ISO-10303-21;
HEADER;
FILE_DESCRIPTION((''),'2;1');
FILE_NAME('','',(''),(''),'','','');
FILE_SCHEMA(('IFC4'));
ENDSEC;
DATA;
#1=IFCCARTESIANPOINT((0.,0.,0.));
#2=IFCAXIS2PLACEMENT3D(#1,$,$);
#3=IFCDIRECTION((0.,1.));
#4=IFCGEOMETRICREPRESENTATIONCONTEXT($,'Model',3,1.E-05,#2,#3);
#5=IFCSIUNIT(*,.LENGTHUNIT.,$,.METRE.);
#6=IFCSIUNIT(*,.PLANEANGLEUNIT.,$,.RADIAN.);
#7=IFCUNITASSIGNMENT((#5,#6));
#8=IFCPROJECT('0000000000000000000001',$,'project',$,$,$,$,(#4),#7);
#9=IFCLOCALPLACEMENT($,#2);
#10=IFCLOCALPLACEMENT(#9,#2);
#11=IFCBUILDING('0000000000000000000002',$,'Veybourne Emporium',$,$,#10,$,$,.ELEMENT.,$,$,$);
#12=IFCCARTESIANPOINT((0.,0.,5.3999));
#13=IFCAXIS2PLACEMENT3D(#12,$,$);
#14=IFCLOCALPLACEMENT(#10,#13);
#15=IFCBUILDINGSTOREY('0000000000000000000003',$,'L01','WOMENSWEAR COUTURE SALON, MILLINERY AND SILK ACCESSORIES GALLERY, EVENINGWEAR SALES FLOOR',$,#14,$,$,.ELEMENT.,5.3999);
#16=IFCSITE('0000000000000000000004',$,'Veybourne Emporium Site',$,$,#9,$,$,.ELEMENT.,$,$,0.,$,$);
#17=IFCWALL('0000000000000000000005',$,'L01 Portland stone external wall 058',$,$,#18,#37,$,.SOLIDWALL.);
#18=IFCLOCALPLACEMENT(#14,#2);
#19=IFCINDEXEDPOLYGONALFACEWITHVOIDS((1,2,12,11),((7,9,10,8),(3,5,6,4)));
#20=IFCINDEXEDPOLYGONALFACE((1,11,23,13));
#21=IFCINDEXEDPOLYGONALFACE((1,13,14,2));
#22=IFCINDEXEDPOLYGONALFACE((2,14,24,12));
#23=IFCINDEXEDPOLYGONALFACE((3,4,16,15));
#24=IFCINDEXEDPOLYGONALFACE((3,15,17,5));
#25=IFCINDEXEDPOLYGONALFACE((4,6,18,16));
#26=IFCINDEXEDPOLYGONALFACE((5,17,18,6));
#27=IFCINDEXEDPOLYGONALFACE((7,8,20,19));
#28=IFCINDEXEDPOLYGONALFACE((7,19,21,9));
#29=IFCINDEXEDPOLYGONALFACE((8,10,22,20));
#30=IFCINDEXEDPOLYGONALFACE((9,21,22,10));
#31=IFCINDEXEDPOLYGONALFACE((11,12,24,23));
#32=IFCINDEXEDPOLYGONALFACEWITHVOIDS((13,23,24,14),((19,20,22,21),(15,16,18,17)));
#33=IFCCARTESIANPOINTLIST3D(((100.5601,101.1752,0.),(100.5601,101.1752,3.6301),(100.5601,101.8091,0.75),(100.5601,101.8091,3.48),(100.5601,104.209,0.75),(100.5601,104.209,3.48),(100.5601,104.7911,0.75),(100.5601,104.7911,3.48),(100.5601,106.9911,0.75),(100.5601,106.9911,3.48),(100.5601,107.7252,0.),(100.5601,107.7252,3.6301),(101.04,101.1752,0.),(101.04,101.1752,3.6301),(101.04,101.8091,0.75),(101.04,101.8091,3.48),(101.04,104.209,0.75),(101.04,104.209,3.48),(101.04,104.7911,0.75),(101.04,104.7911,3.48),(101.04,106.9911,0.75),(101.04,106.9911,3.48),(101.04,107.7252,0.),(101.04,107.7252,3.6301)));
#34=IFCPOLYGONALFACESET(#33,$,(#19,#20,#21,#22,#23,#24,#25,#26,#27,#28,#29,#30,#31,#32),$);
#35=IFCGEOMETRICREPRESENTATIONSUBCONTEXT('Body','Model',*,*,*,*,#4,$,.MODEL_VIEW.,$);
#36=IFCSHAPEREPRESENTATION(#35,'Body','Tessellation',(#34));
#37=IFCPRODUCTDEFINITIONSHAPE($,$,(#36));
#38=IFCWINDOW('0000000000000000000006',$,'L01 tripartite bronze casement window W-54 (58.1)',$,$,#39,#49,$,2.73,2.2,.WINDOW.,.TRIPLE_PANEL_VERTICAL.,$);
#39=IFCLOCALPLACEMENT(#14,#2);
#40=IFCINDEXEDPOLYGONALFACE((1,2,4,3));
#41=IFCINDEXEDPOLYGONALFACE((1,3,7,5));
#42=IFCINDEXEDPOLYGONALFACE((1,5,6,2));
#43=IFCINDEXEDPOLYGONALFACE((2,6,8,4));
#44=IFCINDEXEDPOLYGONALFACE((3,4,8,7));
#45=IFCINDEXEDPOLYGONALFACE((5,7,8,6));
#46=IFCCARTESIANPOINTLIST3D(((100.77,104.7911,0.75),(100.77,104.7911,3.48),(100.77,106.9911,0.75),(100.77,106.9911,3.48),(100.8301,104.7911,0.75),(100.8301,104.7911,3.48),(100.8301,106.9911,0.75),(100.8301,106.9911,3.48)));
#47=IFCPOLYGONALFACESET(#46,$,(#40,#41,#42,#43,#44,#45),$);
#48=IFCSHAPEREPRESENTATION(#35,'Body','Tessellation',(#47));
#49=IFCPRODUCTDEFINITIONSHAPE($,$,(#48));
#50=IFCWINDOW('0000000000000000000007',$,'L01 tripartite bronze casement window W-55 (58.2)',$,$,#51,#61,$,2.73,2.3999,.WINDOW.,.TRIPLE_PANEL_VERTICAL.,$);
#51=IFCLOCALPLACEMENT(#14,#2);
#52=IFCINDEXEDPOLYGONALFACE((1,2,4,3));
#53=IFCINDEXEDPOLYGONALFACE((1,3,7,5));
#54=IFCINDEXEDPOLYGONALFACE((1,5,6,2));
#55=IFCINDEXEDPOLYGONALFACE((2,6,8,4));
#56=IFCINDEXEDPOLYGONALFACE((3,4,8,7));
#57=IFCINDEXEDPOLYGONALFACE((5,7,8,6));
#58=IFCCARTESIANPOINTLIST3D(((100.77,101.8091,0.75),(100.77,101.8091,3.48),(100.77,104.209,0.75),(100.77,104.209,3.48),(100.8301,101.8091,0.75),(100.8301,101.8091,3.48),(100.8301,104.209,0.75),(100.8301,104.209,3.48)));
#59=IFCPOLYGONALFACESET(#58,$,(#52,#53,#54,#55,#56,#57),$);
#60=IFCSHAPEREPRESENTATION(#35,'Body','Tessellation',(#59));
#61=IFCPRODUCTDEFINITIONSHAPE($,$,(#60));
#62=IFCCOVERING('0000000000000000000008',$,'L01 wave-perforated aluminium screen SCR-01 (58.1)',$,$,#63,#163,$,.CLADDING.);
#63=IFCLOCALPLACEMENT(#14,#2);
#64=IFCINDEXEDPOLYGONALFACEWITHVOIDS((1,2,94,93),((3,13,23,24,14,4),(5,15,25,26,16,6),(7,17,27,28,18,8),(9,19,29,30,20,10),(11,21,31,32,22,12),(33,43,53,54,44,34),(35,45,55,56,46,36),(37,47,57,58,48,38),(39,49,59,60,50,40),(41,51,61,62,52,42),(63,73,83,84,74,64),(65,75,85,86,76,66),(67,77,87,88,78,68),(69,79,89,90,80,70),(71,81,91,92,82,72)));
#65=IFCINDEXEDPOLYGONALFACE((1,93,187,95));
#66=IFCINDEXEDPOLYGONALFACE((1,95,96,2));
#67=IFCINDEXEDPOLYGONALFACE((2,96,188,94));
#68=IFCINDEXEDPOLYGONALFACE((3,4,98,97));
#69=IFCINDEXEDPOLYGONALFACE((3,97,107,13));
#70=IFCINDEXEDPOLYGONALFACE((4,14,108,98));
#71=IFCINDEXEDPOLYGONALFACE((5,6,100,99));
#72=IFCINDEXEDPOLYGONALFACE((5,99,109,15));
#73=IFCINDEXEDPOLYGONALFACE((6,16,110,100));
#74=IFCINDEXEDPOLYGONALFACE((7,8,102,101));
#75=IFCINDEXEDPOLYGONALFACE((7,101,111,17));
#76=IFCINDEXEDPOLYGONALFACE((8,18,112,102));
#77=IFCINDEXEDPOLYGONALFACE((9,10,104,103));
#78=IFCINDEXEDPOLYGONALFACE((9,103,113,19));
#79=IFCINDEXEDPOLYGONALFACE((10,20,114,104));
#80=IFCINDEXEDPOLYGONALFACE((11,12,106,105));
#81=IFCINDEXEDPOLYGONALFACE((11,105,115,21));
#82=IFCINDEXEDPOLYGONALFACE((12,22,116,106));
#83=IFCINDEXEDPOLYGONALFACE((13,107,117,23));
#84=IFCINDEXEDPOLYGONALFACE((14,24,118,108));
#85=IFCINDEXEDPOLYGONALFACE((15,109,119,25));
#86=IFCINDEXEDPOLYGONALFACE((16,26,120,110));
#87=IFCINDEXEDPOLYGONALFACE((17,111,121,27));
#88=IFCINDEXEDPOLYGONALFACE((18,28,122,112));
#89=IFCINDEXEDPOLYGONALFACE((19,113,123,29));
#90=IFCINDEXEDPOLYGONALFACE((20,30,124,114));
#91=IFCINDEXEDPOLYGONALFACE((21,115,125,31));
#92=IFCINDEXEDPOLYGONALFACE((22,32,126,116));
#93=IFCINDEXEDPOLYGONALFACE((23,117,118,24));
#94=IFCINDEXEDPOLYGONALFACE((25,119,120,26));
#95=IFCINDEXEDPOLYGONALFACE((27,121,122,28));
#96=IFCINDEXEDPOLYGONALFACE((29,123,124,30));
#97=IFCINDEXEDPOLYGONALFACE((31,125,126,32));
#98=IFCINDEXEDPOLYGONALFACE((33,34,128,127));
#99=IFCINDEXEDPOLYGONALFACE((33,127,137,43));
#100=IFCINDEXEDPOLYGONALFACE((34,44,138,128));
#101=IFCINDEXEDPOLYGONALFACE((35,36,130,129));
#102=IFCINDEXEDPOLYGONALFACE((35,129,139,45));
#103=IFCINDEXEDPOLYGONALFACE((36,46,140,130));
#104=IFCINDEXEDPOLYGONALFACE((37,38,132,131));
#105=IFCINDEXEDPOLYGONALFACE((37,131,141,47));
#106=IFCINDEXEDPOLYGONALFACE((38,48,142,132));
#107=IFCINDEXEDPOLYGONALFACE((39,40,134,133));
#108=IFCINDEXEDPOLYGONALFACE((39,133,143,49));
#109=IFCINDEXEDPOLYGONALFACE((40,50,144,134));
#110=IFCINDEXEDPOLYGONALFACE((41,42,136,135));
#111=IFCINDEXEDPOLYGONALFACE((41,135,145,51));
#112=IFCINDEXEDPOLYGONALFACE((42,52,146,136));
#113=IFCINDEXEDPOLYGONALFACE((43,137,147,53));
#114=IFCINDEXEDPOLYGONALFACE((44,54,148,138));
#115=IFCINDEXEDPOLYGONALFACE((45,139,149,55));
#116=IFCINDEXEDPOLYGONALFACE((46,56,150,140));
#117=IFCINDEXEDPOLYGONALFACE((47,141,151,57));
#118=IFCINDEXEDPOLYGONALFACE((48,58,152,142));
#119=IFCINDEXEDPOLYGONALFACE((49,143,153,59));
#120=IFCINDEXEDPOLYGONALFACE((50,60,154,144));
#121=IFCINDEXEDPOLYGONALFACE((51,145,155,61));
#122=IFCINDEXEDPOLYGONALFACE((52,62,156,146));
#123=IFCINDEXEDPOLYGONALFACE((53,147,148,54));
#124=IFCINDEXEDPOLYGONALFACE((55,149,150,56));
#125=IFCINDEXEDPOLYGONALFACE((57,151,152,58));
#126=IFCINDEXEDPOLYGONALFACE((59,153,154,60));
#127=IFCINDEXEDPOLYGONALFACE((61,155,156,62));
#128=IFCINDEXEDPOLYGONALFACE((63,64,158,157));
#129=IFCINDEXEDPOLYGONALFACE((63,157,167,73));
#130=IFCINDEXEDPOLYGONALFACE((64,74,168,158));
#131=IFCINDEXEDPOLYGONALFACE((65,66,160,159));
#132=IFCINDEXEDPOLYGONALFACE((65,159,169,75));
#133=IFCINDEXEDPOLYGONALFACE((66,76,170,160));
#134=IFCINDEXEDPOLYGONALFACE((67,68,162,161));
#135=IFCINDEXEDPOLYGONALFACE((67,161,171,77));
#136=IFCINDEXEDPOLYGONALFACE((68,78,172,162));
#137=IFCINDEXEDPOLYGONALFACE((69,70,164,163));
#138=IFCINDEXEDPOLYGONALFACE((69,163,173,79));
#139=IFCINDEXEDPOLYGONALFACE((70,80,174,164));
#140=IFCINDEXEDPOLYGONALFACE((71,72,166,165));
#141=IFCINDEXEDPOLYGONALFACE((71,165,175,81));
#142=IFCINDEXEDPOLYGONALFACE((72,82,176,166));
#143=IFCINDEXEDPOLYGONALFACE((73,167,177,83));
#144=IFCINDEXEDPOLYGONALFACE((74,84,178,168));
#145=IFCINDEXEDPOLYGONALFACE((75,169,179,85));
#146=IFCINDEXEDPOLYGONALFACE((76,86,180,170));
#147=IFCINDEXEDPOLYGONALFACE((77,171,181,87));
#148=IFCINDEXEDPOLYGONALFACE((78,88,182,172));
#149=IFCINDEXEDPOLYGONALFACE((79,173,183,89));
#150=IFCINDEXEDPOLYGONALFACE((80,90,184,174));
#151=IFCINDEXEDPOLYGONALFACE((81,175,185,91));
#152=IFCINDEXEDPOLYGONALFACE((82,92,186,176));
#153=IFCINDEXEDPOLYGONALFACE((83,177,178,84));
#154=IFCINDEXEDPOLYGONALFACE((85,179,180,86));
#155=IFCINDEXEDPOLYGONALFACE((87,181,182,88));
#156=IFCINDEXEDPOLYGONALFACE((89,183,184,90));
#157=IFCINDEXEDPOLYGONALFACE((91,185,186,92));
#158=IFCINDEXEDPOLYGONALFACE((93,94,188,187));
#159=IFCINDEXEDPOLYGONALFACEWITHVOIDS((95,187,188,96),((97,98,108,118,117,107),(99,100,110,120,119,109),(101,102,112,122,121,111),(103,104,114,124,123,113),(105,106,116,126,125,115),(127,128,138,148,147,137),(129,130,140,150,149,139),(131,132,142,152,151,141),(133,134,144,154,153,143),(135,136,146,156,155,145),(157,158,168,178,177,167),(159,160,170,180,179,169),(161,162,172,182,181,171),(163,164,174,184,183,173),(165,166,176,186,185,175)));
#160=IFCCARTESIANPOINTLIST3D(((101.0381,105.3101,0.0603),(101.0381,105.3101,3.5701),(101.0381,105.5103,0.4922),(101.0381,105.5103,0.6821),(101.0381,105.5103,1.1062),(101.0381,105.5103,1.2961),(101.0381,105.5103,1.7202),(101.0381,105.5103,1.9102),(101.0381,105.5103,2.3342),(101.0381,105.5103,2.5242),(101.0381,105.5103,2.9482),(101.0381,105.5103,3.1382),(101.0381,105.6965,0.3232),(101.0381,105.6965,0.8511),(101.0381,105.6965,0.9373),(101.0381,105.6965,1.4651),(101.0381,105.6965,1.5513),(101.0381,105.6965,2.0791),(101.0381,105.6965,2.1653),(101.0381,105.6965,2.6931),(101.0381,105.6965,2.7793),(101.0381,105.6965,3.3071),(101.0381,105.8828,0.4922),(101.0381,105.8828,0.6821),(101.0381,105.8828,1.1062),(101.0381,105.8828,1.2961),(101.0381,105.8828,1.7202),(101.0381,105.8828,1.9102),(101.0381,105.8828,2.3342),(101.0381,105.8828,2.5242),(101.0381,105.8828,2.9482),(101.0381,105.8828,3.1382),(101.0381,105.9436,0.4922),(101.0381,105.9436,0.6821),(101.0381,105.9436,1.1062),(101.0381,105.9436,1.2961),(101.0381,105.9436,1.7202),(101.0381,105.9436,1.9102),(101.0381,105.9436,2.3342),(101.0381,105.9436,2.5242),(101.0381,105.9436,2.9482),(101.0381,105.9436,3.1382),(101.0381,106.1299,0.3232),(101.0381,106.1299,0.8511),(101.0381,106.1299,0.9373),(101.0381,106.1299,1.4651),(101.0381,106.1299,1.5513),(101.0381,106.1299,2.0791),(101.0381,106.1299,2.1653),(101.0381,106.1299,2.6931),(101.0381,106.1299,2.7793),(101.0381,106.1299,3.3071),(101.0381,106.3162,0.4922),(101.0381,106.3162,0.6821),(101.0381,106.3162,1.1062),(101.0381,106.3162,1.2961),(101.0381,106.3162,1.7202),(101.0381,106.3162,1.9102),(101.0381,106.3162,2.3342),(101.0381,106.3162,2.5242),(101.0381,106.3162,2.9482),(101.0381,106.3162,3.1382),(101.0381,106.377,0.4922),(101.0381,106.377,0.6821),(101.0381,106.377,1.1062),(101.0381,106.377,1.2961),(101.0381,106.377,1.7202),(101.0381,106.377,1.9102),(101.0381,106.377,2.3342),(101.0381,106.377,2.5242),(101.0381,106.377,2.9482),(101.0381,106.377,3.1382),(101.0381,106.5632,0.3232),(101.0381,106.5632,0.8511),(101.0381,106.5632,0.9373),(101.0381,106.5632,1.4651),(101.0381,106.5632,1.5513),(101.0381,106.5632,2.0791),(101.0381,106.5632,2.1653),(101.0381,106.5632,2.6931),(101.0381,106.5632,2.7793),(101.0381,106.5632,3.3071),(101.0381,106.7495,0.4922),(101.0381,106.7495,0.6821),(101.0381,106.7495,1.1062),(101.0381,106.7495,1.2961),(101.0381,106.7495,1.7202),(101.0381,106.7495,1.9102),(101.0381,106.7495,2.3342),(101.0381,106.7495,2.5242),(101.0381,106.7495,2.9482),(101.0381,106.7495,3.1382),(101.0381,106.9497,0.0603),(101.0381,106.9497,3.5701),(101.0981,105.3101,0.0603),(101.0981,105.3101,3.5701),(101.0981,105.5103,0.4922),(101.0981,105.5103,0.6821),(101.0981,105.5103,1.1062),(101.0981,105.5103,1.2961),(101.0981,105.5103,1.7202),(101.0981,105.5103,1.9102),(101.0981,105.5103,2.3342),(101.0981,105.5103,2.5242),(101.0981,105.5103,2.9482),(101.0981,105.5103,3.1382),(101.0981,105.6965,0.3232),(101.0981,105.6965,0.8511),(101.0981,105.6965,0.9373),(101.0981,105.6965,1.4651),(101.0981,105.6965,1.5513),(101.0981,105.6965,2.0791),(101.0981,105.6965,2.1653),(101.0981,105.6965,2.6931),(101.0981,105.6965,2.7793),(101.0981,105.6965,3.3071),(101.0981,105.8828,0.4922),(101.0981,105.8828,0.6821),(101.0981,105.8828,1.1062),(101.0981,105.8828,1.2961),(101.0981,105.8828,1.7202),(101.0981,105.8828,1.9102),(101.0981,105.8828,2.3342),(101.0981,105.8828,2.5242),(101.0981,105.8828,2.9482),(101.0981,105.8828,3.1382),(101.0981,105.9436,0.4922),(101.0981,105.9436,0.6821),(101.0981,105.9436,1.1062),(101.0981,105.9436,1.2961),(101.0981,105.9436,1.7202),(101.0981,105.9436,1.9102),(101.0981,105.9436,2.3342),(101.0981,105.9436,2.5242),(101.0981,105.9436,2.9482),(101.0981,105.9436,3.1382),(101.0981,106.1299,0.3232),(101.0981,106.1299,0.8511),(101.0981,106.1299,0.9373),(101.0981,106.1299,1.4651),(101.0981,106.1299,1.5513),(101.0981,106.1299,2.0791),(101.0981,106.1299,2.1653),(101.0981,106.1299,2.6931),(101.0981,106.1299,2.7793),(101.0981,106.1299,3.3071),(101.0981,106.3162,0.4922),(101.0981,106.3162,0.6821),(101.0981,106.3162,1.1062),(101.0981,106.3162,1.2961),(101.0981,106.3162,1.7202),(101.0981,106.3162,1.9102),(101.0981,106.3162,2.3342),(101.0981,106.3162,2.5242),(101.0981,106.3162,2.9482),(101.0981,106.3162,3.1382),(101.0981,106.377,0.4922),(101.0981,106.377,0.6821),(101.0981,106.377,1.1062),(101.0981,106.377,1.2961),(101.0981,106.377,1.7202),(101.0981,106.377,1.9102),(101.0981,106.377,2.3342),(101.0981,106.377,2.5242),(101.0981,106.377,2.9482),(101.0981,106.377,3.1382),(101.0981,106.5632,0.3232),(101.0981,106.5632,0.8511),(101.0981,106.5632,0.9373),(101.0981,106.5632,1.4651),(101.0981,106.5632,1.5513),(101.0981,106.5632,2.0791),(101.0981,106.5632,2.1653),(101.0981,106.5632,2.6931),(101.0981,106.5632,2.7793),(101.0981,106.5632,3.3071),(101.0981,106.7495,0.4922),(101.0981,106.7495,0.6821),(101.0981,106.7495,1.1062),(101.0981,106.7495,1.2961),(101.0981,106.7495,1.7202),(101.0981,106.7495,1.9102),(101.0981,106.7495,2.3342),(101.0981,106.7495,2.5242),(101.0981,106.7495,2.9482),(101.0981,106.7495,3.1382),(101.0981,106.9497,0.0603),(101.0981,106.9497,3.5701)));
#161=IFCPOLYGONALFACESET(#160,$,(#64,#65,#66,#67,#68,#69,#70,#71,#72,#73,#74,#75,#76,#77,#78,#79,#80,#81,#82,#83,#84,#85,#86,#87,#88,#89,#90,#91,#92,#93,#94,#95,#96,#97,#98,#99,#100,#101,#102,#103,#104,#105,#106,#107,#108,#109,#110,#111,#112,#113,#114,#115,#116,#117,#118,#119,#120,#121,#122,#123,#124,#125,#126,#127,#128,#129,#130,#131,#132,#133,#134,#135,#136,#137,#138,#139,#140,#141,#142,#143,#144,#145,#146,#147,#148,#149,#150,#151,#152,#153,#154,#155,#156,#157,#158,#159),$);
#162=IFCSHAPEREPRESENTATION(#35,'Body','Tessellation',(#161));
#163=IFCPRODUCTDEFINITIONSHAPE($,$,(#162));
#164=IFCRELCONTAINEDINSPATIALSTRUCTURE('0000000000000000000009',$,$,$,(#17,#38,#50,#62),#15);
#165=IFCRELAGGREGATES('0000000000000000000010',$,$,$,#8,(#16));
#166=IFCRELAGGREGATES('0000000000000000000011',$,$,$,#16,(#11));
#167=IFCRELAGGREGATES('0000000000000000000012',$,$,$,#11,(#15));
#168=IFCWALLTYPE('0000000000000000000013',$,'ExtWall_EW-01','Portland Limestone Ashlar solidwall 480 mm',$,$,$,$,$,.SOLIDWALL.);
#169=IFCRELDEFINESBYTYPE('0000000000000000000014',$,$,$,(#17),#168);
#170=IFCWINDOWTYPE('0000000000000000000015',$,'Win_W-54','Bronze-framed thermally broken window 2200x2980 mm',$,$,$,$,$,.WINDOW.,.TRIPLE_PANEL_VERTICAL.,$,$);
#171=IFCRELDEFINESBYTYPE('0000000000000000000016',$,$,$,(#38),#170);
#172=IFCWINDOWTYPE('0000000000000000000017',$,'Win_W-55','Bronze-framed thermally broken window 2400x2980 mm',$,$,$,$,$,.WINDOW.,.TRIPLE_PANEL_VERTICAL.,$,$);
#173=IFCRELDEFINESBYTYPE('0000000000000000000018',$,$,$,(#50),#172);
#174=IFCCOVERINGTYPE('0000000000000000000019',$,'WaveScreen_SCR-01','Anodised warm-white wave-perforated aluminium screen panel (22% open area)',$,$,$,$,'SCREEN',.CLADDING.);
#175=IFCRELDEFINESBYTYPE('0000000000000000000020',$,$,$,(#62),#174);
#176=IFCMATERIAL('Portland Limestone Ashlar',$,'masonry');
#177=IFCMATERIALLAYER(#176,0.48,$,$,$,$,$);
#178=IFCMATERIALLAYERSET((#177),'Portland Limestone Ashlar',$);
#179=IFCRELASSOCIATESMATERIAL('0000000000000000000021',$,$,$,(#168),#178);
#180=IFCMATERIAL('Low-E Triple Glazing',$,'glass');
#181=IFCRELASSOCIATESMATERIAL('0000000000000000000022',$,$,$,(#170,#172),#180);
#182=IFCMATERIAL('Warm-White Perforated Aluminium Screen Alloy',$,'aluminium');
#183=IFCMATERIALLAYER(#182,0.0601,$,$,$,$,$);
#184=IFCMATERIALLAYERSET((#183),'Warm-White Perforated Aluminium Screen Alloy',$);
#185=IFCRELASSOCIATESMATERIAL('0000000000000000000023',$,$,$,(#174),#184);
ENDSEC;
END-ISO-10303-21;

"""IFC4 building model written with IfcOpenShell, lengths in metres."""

from ifc_helpers import new_model, si_unit, direction, frame, frame_2d, origin, place, context, subcontext, project, spatial, polyline, rectangle, outline, extrude, material, layer, layer_set, type_object, element, fill, save


model = new_model("IFC4")

# Units and contexts
model_context = context("Model", 3, precision=1e-05, world=origin(), true_north=direction((0.0, 1.0)))
body_context = subcontext(model_context, "Body", "Model", "MODEL_VIEW")
ifc_project = project(units=[si_unit("LENGTHUNIT", "METRE"), si_unit("PLANEANGLEUNIT", "RADIAN")], contexts=[model_context])

# Site, building, storey
site_placement = place(None, origin())
site = spatial("IfcSite", under=ifc_project, at=site_placement, Name="Veybourne Emporium Site", CompositionType="ELEMENT", RefElevation=0.0)
building_placement = place(site_placement, origin())
building = spatial("IfcBuilding", under=site, at=building_placement, Name="Veybourne Emporium", CompositionType="ELEMENT")
storey_placement = place(building_placement, frame((0.0, 0.0, 5.3999)))
storey = spatial("IfcBuildingStorey", under=building, at=storey_placement, Name="L01", Description="WOMENSWEAR COUTURE SALON, MILLINERY AND SILK ACCESSORIES GALLERY, EVENINGWEAR SALES FLOOR", CompositionType="ELEMENT", Elevation=5.3999)

# Shared definitions
ifc_material_1 = material(Name="Low-E Triple Glazing", Category="glass")

# Wall, openings, windows
ifc_material_2 = material(Name="Portland Limestone Ashlar", Category="masonry")
ifc_layer_1 = layer(ifc_material_2, 0.48)
ifc_layer_set_1 = layer_set([ifc_layer_1], Name="Portland Limestone Ashlar")
wall_type = type_object("IfcWallType", Name="ExtWall_EW-01", Description="Portland Limestone Ashlar solidwall 480 mm", PredefinedType="SOLIDWALL", material=ifc_layer_set_1)
wall_placement = place(storey_placement, frame((100.8, 107.7251, 0.0), z_axis=(0.0, 0.0, 1.0), x_axis=(0.0, -1.0, 0.0)))
wall = element("IfcWall", 1, at=wall_placement, inside=storey, type_object=wall_type, Name="L01 Portland stone external wall 058", PredefinedType="SOLIDWALL", context=body_context, shape_type="SweptSolid", body=[
    extrude(rectangle(XDim=6.55, YDim=0.48, at=frame_2d((3.2749, 0.0))), origin(), (0.0, 0.0, 1.0), 3.6301),
])
opening_1_placement = place(wall_placement, frame((0.7339, 0.0, 0.75)))
opening_1 = element("IfcOpeningElement", 2, at=opening_1_placement, cuts=wall, PredefinedType="OPENING", context=body_context, shape_type="SweptSolid", body=[
    extrude(rectangle(XDim=2.2, YDim=2.73, at=frame_2d((1.1001, 1.365))), frame((0.0, 0.26, 0.0), z_axis=(0.0, -1.0, 0.0), x_axis=(1.0, 0.0, 0.0)), (0.0, 0.0, 1.0), 0.52),
])
opening_2_placement = place(wall_placement, frame((3.5161, 0.0, 0.75)))
opening_2 = element("IfcOpeningElement", 3, at=opening_2_placement, cuts=wall, PredefinedType="OPENING", context=body_context, shape_type="SweptSolid", body=[
    extrude(rectangle(XDim=2.3999, YDim=2.73, at=frame_2d((1.2, 1.365))), frame((0.0, 0.26, 0.0), z_axis=(0.0, -1.0, 0.0), x_axis=(1.0, 0.0, 0.0)), (0.0, 0.0, 1.0), 0.52),
])
window_type_1 = type_object("IfcWindowType", Name="Win_W-54", Description="Bronze-framed thermally broken window 2200x2980 mm", PartitioningType="TRIPLE_PANEL_VERTICAL", PredefinedType="WINDOW", material=ifc_material_1)
window_1_placement = place(opening_1_placement, origin())
window_1 = element("IfcWindow", 4, at=window_1_placement, inside=storey, type_object=window_type_1, Name="L01 tripartite bronze casement window W-54 (58.1)", OverallHeight=2.73, OverallWidth=2.2, PartitioningType="TRIPLE_PANEL_VERTICAL", PredefinedType="WINDOW", context=body_context, shape_type="SweptSolid", body=[
    extrude(rectangle(XDim=2.2, YDim=2.73, at=frame_2d((1.1001, 1.365))), frame((0.0, 0.03, 0.0), z_axis=(0.0, -1.0, 0.0), x_axis=(1.0, 0.0, 0.0)), (0.0, 0.0, 1.0), 0.0601),
])
fill(opening_1, window_1)
window_type_2 = type_object("IfcWindowType", Name="Win_W-55", Description="Bronze-framed thermally broken window 2400x2980 mm", PartitioningType="TRIPLE_PANEL_VERTICAL", PredefinedType="WINDOW", material=ifc_material_1)
window_2_placement = place(opening_2_placement, origin())
window_2 = element("IfcWindow", 5, at=window_2_placement, inside=storey, type_object=window_type_2, Name="L01 tripartite bronze casement window W-55 (58.2)", OverallHeight=2.73, OverallWidth=2.3999, PartitioningType="TRIPLE_PANEL_VERTICAL", PredefinedType="WINDOW", context=body_context, shape_type="SweptSolid", body=[
    extrude(rectangle(XDim=2.3999, YDim=2.73, at=frame_2d((1.2, 1.365))), frame((0.0, 0.03, 0.0), z_axis=(0.0, -1.0, 0.0), x_axis=(1.0, 0.0, 0.0)), (0.0, 0.0, 1.0), 0.0601),
])
fill(opening_2, window_2)

# Covering
ifc_material_3 = material(Name="Warm-White Perforated Aluminium Screen Alloy", Category="aluminium")
ifc_layer_2 = layer(ifc_material_3, 0.0601)
ifc_layer_set_2 = layer_set([ifc_layer_2], Name="Warm-White Perforated Aluminium Screen Alloy")
covering_type_1 = type_object("IfcCoveringType", Name="WaveScreen_SCR-01", Description="Anodised warm-white wave-perforated aluminium screen panel (22% open area)", ElementType="SCREEN", PredefinedType="CLADDING", material=ifc_layer_set_2)
covering_1_placement = place(storey_placement, frame((101.0981, 106.1299, 1.8152), z_axis=(-1.0, 0.0, 0.0), x_axis=(0.0, -1.0, 0.0)))
element("IfcCovering", 6, at=covering_1_placement, inside=storey, type_object=covering_type_1, Name="L01 wave-perforated aluminium screen SCR-01 (58.1)", PredefinedType="CLADDING", context=body_context, shape_type="SweptSolid", body=[
    extrude(outline(polyline([(-0.8198, -1.7549), (0.8198, -1.7549), (0.8198, 1.7549), (-0.8198, 1.7549), (-0.8198, -1.7549)]), holes=[polyline([(-0.4333, -0.9641), (-0.2471, -1.1331), (-0.2471, -1.323), (-0.4333, -1.4919), (-0.6196, -1.323), (-0.6196, -1.1331), (-0.4333, -0.9641)]), polyline([(-0.4333, -0.3501), (-0.2471, -0.519), (-0.2471, -0.709), (-0.4333, -0.8779), (-0.6196, -0.709), (-0.6196, -0.519), (-0.4333, -0.3501)]), polyline([(-0.4333, 0.2639), (-0.2471, 0.095), (-0.2471, -0.095), (-0.4333, -0.2639), (-0.6196, -0.095), (-0.6196, 0.095), (-0.4333, 0.2639)]), polyline([(-0.4333, 0.8779), (-0.2471, 0.709), (-0.2471, 0.519), (-0.4333, 0.3501), (-0.6196, 0.519), (-0.6196, 0.709), (-0.4333, 0.8779)]), polyline([(-0.4333, 1.4919), (-0.2471, 1.323), (-0.2471, 1.1331), (-0.4333, 0.9641), (-0.6196, 1.1331), (-0.6196, 1.323), (-0.4333, 1.4919)]), polyline([(0.0, -0.9641), (0.1863, -1.1331), (0.1863, -1.323), (0.0, -1.4919), (-0.1863, -1.323), (-0.1863, -1.1331), (0.0, -0.9641)]), polyline([(0.0, -0.3501), (0.1863, -0.519), (0.1863, -0.709), (0.0, -0.8779), (-0.1863, -0.709), (-0.1863, -0.519), (0.0, -0.3501)]), polyline([(0.0, 0.2639), (0.1863, 0.095), (0.1863, -0.095), (0.0, -0.2639), (-0.1863, -0.095), (-0.1863, 0.095), (0.0, 0.2639)]), polyline([(0.0, 0.8779), (0.1863, 0.709), (0.1863, 0.519), (0.0, 0.3501), (-0.1863, 0.519), (-0.1863, 0.709), (0.0, 0.8779)]), polyline([(0.0, 1.4919), (0.1863, 1.323), (0.1863, 1.1331), (0.0, 0.9641), (-0.1863, 1.1331), (-0.1863, 1.323), (0.0, 1.4919)]), polyline([(0.4333, -0.9641), (0.6196, -1.1331), (0.6196, -1.323), (0.4333, -1.4919), (0.2471, -1.323), (0.2471, -1.1331), (0.4333, -0.9641)]), polyline([(0.4333, -0.3501), (0.6196, -0.519), (0.6196, -0.709), (0.4333, -0.8779), (0.2471, -0.709), (0.2471, -0.519), (0.4333, -0.3501)]), polyline([(0.4333, 0.2639), (0.6196, 0.095), (0.6196, -0.095), (0.4333, -0.2639), (0.2471, -0.095), (0.2471, 0.095), (0.4333, 0.2639)]), polyline([(0.4333, 0.8779), (0.6196, 0.709), (0.6196, 0.519), (0.4333, 0.3501), (0.2471, 0.519), (0.2471, 0.709), (0.4333, 0.8779)]), polyline([(0.4333, 1.4919), (0.6196, 1.323), (0.6196, 1.1331), (0.4333, 0.9641), (0.2471, 1.1331), (0.2471, 1.323), (0.4333, 1.4919)])]), origin(), (0.0, 0.0, 1.0), 0.0601),
])

save(model, "model.ifc")
